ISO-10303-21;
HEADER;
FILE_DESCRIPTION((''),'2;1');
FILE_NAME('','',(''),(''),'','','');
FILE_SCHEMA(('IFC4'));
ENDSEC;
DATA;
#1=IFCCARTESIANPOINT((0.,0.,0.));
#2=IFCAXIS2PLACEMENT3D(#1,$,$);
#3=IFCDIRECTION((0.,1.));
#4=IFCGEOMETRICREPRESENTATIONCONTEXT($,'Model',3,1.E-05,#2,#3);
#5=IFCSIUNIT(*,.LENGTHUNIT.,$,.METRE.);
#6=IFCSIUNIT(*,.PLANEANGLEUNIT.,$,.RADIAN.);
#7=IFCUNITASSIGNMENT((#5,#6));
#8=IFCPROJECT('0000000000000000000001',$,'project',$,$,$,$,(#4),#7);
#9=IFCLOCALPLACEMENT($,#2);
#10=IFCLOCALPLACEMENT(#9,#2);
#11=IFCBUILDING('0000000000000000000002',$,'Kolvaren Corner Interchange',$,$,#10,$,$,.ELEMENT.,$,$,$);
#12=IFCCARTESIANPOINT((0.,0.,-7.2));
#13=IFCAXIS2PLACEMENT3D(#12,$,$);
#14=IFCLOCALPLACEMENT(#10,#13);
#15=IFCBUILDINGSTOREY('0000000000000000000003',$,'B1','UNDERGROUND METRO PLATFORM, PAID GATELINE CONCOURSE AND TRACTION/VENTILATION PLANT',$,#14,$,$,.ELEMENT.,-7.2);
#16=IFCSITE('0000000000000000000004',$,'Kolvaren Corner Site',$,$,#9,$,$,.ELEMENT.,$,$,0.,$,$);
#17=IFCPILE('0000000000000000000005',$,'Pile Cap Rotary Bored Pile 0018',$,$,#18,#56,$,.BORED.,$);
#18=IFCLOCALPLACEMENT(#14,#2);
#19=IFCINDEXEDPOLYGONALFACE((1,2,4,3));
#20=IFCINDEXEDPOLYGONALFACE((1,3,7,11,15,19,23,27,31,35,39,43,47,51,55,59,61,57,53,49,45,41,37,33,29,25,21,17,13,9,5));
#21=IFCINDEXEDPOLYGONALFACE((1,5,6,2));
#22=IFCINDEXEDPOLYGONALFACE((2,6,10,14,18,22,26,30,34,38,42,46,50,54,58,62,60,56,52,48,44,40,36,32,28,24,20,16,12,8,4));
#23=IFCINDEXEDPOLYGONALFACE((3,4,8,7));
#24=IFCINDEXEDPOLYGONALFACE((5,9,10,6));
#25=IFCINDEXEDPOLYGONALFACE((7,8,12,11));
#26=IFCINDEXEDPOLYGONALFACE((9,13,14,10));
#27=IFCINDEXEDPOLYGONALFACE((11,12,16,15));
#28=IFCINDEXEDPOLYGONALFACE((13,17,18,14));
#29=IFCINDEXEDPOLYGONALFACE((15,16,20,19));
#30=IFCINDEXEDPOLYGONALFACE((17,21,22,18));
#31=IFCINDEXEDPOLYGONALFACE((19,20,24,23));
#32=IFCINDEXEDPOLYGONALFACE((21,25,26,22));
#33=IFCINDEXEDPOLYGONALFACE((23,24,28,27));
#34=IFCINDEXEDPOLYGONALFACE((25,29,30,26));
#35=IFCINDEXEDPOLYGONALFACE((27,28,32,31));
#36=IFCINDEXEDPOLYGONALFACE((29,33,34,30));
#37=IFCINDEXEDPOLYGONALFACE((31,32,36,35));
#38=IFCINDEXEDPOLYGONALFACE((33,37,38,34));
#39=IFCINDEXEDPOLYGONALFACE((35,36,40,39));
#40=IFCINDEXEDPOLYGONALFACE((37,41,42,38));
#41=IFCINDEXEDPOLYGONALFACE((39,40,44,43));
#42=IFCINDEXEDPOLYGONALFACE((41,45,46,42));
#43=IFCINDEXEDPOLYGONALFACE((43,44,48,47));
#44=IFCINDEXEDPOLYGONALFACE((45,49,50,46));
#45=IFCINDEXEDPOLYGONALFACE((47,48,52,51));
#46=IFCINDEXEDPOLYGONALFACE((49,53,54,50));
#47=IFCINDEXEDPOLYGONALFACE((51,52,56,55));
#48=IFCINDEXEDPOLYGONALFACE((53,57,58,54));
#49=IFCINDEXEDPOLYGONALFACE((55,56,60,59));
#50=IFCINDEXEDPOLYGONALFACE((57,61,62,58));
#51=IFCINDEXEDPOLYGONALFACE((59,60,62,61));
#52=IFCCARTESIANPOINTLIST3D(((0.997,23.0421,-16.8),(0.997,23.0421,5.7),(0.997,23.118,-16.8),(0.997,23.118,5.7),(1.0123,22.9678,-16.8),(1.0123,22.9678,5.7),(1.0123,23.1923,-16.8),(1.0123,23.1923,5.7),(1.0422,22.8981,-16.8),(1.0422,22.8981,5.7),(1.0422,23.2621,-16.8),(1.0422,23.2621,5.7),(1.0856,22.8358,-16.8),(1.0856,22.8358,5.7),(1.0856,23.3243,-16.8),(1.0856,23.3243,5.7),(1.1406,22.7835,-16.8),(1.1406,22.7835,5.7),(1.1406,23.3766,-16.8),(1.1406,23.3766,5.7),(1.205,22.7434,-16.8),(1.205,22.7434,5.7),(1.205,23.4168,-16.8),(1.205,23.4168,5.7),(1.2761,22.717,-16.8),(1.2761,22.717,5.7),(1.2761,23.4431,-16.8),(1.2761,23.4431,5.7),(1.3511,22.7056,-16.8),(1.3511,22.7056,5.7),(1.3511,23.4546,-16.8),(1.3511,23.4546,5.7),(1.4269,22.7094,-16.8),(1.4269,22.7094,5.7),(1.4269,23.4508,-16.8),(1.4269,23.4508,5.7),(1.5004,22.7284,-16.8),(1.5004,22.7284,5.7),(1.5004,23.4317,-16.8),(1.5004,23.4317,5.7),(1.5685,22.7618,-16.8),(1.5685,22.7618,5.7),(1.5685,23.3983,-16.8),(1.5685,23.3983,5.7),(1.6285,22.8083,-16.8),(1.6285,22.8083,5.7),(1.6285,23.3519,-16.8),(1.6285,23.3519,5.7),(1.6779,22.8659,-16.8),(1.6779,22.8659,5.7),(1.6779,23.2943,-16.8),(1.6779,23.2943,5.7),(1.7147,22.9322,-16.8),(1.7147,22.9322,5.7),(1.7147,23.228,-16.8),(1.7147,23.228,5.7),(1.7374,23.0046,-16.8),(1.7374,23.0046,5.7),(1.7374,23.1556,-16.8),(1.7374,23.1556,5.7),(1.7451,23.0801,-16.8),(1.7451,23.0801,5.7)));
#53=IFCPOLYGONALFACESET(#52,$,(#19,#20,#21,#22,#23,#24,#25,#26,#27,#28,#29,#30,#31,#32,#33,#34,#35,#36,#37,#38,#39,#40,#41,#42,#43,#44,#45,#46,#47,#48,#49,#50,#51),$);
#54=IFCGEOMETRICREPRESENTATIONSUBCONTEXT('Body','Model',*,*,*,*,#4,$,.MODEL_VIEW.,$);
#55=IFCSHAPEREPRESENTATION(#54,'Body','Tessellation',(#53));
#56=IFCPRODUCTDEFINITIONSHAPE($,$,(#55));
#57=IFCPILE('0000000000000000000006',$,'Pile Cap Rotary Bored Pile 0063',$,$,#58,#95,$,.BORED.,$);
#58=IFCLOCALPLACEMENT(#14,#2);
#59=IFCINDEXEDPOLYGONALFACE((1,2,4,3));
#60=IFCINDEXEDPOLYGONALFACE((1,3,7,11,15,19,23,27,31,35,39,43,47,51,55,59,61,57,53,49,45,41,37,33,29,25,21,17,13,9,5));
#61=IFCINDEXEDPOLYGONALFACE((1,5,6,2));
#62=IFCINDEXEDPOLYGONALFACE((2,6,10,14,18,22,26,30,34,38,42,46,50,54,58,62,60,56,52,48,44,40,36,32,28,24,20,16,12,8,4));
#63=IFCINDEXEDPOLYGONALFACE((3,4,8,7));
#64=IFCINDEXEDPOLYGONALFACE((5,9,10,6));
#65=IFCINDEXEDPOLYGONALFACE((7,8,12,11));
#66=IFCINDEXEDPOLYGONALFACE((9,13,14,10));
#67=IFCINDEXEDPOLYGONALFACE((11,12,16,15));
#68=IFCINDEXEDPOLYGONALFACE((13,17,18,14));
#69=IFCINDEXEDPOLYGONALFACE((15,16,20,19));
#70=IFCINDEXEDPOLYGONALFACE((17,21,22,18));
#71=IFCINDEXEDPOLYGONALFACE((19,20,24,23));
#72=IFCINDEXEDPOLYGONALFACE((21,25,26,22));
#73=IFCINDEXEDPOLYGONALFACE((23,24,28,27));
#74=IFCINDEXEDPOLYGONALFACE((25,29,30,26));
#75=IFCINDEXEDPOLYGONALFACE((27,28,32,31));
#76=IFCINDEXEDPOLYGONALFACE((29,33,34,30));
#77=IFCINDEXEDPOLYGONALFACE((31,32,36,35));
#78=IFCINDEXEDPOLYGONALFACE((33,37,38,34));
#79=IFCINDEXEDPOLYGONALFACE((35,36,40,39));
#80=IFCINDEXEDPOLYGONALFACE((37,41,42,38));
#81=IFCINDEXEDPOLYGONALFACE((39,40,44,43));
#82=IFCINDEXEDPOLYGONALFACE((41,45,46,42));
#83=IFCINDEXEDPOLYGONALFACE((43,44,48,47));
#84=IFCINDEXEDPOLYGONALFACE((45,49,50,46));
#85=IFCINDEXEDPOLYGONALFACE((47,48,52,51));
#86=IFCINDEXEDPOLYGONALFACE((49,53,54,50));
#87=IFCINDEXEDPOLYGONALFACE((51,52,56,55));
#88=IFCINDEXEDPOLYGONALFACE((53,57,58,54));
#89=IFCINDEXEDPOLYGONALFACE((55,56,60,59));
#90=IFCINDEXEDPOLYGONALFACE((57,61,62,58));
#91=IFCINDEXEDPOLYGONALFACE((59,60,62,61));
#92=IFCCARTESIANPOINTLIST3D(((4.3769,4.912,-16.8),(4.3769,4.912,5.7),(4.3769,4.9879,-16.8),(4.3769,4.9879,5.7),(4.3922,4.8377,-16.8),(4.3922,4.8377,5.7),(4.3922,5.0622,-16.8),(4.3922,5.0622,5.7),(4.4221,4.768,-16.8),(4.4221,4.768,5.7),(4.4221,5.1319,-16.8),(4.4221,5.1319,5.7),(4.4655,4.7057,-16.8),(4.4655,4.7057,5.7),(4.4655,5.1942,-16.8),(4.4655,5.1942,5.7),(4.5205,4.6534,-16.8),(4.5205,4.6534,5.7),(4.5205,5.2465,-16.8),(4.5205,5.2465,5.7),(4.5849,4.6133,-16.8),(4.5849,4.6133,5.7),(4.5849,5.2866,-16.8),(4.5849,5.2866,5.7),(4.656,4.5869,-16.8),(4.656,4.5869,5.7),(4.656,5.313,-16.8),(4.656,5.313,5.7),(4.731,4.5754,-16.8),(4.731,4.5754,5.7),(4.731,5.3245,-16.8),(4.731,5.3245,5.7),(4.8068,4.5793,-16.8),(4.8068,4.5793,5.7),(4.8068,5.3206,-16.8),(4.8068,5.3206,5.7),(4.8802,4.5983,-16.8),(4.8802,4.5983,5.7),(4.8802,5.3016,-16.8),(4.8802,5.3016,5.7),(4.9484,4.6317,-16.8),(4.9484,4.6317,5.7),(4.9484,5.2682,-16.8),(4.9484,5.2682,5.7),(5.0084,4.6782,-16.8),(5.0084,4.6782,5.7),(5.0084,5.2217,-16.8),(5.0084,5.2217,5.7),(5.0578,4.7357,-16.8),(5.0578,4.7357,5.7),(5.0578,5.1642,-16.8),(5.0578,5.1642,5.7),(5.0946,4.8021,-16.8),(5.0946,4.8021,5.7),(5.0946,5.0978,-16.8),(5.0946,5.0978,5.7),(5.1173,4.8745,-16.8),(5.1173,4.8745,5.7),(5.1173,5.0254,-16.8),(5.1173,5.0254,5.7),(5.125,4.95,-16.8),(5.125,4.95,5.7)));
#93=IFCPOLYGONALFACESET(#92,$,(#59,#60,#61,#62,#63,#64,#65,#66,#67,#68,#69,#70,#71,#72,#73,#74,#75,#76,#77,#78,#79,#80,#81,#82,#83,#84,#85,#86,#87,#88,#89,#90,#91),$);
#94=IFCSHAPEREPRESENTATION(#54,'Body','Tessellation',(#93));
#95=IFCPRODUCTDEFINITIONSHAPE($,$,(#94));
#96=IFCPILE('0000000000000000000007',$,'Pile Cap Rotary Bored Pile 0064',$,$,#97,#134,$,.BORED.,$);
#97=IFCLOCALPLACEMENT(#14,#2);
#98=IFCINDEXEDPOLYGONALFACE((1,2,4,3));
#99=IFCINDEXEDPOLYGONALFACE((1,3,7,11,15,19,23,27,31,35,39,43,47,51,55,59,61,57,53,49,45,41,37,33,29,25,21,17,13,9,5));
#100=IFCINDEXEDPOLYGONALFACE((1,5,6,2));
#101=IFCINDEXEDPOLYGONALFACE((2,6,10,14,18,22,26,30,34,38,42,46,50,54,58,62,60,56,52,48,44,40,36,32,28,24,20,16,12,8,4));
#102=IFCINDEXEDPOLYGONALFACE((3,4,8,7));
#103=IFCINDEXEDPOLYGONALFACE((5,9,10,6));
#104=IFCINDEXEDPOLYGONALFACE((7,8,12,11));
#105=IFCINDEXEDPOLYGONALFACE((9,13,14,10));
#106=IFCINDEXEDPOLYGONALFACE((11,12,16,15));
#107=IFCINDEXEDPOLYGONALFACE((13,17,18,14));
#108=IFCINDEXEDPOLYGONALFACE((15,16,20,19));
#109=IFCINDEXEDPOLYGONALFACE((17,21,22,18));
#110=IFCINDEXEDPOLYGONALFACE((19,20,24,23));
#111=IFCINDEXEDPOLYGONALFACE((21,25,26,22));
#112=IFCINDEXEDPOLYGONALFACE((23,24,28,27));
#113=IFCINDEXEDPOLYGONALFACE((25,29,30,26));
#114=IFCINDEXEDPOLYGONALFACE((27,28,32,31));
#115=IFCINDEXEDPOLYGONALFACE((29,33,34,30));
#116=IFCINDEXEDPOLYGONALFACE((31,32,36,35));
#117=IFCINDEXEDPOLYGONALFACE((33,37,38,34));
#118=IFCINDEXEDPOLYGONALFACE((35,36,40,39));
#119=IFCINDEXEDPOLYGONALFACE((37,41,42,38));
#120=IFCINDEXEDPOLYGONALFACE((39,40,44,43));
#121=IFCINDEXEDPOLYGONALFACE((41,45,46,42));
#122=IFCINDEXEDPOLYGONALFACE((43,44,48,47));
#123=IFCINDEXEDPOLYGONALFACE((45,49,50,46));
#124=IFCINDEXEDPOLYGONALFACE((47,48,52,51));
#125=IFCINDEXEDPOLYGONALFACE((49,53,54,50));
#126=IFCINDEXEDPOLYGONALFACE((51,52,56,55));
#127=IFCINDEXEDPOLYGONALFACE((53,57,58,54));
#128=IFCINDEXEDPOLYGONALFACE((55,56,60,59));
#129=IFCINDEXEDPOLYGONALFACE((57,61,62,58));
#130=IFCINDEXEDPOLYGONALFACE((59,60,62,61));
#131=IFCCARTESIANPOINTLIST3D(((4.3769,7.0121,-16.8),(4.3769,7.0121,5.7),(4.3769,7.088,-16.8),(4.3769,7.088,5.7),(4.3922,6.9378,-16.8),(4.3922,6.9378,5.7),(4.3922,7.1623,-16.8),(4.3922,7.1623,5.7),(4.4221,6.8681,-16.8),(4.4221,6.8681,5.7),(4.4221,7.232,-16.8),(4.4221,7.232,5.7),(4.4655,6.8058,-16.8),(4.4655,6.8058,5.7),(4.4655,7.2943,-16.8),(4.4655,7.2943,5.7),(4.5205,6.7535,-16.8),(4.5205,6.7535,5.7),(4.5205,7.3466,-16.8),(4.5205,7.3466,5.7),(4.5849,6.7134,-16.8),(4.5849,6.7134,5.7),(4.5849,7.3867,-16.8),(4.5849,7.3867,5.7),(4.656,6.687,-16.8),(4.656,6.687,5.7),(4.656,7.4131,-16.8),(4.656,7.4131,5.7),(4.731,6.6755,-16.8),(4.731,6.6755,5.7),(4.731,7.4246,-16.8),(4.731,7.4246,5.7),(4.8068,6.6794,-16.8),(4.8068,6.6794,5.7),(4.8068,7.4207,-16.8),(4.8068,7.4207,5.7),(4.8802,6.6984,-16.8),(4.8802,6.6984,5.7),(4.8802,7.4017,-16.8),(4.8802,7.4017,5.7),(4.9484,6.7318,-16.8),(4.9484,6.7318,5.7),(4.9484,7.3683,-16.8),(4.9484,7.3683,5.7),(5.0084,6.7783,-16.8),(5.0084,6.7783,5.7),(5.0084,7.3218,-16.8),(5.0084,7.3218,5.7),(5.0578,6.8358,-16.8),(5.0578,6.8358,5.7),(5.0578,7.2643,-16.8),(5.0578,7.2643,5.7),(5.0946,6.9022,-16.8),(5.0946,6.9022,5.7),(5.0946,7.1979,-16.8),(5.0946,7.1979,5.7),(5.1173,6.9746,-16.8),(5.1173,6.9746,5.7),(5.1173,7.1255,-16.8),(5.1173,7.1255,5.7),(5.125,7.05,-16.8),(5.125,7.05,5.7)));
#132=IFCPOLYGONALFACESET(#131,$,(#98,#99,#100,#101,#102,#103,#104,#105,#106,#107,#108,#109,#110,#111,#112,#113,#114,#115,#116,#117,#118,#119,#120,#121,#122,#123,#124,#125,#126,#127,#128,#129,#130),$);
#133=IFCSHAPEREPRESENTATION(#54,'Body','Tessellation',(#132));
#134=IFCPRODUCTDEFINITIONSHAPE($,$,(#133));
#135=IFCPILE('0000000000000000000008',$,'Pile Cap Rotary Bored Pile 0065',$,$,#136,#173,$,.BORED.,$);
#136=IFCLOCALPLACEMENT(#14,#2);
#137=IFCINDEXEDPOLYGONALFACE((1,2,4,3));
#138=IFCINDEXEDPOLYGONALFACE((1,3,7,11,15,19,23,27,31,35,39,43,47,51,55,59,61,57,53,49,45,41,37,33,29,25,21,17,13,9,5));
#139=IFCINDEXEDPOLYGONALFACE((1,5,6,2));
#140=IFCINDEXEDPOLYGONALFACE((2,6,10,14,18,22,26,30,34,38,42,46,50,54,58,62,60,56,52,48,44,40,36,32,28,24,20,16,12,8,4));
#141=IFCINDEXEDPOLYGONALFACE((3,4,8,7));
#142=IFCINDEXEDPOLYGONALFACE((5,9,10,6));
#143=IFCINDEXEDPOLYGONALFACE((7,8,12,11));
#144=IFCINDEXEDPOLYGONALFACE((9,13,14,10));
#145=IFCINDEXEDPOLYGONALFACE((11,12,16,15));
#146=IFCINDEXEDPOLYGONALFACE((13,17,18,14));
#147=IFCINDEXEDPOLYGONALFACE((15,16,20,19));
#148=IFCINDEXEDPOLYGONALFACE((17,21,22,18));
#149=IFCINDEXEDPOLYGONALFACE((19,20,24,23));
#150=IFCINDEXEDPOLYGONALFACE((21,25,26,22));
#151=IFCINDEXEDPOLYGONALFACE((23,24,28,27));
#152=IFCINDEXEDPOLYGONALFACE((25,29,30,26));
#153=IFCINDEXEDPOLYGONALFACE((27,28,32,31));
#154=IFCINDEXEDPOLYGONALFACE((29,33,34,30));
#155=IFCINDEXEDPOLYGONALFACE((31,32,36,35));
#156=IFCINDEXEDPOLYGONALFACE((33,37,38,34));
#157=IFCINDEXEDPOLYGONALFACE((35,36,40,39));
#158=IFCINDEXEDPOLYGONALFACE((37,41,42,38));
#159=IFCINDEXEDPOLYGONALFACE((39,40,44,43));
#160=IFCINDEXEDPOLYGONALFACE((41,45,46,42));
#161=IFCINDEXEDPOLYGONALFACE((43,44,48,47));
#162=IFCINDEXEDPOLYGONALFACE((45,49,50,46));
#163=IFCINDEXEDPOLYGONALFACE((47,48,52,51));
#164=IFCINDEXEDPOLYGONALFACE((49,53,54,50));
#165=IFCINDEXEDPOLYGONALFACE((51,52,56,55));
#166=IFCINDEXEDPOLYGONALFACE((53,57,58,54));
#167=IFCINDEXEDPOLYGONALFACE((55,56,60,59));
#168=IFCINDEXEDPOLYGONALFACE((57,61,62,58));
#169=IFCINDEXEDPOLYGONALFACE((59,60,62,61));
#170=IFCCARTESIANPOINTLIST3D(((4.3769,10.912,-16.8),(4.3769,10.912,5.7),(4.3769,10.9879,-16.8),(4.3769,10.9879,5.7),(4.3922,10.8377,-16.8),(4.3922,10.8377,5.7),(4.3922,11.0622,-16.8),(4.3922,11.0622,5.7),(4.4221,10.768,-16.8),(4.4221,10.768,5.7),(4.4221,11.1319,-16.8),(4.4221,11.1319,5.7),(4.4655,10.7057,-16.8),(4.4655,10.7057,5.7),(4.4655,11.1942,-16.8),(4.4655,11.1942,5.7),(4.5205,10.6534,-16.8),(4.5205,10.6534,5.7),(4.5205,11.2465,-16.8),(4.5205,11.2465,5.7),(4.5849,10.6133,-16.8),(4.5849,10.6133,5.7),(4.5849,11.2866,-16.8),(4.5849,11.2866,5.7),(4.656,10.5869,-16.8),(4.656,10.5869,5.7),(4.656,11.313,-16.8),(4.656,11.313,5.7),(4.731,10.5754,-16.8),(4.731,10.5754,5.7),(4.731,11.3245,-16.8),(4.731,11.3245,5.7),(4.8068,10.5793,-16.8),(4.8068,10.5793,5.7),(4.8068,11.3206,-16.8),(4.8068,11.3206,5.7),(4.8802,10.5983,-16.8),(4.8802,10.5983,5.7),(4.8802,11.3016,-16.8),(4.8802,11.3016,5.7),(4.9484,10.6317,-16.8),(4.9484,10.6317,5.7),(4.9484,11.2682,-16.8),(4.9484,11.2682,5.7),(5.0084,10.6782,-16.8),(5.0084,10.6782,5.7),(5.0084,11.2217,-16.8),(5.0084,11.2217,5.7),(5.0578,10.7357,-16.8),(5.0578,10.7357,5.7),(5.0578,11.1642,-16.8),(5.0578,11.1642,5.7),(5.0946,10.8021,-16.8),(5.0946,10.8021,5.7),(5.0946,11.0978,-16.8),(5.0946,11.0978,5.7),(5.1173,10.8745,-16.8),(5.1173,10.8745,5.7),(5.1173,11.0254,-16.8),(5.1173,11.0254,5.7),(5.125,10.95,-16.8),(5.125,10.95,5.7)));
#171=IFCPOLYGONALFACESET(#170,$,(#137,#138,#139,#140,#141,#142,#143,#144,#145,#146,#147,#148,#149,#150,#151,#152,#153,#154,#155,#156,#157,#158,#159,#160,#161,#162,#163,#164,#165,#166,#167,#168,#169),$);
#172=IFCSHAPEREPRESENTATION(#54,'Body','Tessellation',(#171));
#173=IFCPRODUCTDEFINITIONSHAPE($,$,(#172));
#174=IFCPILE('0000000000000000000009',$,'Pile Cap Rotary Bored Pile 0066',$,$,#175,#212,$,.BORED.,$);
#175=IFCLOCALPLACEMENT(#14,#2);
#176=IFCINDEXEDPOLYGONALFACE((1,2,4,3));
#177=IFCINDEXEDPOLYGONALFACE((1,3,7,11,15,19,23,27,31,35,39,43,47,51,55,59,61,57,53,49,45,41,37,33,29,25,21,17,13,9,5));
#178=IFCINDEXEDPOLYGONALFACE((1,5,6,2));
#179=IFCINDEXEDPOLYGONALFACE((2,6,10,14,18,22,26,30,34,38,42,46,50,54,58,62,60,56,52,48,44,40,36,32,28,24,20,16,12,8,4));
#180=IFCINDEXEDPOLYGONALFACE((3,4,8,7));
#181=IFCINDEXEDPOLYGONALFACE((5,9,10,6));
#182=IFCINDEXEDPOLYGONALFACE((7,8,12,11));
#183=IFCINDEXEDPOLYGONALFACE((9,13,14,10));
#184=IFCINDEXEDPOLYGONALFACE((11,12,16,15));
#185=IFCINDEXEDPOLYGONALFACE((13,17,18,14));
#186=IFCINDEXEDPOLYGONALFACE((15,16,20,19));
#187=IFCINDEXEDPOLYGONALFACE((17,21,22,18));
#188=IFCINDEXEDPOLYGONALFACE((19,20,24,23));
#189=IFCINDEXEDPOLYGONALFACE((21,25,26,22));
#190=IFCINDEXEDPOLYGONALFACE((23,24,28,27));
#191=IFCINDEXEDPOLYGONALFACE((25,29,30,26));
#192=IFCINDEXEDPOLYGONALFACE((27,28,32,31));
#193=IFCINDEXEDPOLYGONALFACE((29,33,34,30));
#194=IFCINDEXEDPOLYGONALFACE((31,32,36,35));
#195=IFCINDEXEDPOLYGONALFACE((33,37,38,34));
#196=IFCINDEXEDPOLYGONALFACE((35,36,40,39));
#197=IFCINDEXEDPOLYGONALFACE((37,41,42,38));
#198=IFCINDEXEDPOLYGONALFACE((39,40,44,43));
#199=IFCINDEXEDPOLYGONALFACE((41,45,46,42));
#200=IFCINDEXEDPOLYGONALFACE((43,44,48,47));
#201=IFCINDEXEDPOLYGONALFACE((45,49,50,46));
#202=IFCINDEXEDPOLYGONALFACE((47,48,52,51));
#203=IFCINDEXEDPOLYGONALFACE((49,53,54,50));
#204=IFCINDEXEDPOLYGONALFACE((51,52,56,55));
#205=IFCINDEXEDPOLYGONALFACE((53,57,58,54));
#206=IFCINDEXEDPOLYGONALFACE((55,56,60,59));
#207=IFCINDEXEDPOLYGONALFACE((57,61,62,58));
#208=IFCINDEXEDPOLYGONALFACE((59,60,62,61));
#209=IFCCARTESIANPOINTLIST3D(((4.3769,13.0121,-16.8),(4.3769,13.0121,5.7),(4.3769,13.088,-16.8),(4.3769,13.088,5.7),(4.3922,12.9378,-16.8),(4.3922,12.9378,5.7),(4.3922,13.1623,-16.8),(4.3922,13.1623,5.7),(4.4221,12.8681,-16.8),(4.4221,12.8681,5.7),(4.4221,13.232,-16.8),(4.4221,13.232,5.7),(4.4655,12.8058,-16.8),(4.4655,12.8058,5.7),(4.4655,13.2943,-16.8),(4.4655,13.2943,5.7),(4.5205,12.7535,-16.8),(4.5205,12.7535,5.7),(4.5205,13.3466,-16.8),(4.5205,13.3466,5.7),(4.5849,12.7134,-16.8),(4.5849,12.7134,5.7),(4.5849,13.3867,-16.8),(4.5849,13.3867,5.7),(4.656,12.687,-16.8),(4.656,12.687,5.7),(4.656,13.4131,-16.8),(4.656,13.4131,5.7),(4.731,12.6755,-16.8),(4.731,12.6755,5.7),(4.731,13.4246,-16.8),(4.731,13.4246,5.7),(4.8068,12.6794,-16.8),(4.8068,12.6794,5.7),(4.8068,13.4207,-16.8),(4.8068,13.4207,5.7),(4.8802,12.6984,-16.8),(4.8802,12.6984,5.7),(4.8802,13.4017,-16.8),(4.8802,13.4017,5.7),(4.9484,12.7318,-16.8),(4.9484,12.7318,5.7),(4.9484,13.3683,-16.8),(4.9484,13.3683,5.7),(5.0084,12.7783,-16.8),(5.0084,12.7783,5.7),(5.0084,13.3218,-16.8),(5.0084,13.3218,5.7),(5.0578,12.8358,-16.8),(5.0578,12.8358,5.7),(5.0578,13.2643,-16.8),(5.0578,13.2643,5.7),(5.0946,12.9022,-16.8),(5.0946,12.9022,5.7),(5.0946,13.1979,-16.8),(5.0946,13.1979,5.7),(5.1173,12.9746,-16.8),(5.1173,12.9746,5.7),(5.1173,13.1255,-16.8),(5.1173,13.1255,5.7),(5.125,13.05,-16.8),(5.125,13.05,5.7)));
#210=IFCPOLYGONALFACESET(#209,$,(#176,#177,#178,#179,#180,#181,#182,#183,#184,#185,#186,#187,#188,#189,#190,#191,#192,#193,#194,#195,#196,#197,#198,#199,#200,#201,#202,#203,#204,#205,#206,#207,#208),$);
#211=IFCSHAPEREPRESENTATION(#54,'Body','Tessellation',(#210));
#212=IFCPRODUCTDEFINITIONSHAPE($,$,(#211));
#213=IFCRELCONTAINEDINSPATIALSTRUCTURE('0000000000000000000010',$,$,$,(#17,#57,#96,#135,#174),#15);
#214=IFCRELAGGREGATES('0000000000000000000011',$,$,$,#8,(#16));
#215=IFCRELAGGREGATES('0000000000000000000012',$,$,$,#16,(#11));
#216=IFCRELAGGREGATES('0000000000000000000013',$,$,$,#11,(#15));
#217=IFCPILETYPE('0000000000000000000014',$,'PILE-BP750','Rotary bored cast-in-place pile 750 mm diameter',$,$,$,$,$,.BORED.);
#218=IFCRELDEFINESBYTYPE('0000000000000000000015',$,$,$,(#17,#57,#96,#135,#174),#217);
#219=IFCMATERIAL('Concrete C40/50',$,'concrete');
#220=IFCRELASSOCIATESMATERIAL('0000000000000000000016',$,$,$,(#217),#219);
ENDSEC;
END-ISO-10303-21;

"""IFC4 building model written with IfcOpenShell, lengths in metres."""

from ifc_helpers import new_model, si_unit, direction, frame, origin, origin_2d, place, context, subcontext, project, spatial, circle, extrude, material, material_profile, profile_set, type_object, element, save


model = new_model("IFC4")

# Units and contexts
model_context = context("Model", 3, precision=1e-05, world=origin(), true_north=direction((0.0, 1.0)))
body_context = subcontext(model_context, "Body", "Model", "MODEL_VIEW")
ifc_project = project(units=[si_unit("LENGTHUNIT", "METRE"), si_unit("PLANEANGLEUNIT", "RADIAN")], contexts=[model_context])

# Site, building, storey
site_placement = place(None, origin())
site = spatial("IfcSite", under=ifc_project, at=site_placement, Name="Kolvaren Corner Site", CompositionType="ELEMENT", RefElevation=0.0)
building_placement = place(site_placement, origin())
building = spatial("IfcBuilding", under=site, at=building_placement, Name="Kolvaren Corner Interchange", CompositionType="ELEMENT")
storey_placement = place(building_placement, frame((0.0, 0.0, -7.2)))
storey = spatial("IfcBuildingStorey", under=building, at=storey_placement, Name="B1", Description="UNDERGROUND METRO PLATFORM, PAID GATELINE CONCOURSE AND TRACTION/VENTILATION PLANT", CompositionType="ELEMENT", Elevation=-7.2)

# Piles
ifc_material_1 = material(Name="Concrete C40/50", Category="concrete")
ifc_material_profile = material_profile(ifc_material_1, circle(Radius=0.375, at=origin_2d()), Name="BORED PILE 750")
ifc_profile_set = profile_set([ifc_material_profile], Name="Concrete C40/50")
pile_type = type_object("IfcPileType", Name="PILE-BP750", Description="Rotary bored cast-in-place pile 750 mm diameter", PredefinedType="BORED", material=ifc_profile_set)
for number, where, z_axis, x_axis, name in (
    (1, (1.3701, 23.0801, 5.7), (0.0, 0.0, -1.0), (1.0, 0.0, 0.0), "Pile Cap Rotary Bored Pile 0018"),
    (2, (4.75, 4.95, 5.7), (0.0, 0.0, -1.0), (1.0, 0.0, 0.0), "Pile Cap Rotary Bored Pile 0063"),
    (3, (4.75, 7.05, 5.7), (0.0, 0.0, -1.0), (1.0, 0.0, 0.0), "Pile Cap Rotary Bored Pile 0064"),
    (4, (4.75, 10.95, 5.7), (0.0, 0.0, -1.0), (1.0, 0.0, 0.0), "Pile Cap Rotary Bored Pile 0065"),
    (5, (4.75, 13.05, 5.7), (0.0, 0.0, -1.0), (1.0, 0.0, 0.0), "Pile Cap Rotary Bored Pile 0066"),
):
    element("IfcPile", number, at=place(storey_placement, frame(where, z_axis=z_axis, x_axis=x_axis)), inside=storey, type_object=pile_type, Name=name, PredefinedType="BORED", context=body_context, shape_type="SweptSolid", body=[
        extrude(circle(Radius=0.375, at=origin_2d()), origin(), (0.0, 0.0, 1.0), 22.5),
    ])

save(model, "model.ifc")
